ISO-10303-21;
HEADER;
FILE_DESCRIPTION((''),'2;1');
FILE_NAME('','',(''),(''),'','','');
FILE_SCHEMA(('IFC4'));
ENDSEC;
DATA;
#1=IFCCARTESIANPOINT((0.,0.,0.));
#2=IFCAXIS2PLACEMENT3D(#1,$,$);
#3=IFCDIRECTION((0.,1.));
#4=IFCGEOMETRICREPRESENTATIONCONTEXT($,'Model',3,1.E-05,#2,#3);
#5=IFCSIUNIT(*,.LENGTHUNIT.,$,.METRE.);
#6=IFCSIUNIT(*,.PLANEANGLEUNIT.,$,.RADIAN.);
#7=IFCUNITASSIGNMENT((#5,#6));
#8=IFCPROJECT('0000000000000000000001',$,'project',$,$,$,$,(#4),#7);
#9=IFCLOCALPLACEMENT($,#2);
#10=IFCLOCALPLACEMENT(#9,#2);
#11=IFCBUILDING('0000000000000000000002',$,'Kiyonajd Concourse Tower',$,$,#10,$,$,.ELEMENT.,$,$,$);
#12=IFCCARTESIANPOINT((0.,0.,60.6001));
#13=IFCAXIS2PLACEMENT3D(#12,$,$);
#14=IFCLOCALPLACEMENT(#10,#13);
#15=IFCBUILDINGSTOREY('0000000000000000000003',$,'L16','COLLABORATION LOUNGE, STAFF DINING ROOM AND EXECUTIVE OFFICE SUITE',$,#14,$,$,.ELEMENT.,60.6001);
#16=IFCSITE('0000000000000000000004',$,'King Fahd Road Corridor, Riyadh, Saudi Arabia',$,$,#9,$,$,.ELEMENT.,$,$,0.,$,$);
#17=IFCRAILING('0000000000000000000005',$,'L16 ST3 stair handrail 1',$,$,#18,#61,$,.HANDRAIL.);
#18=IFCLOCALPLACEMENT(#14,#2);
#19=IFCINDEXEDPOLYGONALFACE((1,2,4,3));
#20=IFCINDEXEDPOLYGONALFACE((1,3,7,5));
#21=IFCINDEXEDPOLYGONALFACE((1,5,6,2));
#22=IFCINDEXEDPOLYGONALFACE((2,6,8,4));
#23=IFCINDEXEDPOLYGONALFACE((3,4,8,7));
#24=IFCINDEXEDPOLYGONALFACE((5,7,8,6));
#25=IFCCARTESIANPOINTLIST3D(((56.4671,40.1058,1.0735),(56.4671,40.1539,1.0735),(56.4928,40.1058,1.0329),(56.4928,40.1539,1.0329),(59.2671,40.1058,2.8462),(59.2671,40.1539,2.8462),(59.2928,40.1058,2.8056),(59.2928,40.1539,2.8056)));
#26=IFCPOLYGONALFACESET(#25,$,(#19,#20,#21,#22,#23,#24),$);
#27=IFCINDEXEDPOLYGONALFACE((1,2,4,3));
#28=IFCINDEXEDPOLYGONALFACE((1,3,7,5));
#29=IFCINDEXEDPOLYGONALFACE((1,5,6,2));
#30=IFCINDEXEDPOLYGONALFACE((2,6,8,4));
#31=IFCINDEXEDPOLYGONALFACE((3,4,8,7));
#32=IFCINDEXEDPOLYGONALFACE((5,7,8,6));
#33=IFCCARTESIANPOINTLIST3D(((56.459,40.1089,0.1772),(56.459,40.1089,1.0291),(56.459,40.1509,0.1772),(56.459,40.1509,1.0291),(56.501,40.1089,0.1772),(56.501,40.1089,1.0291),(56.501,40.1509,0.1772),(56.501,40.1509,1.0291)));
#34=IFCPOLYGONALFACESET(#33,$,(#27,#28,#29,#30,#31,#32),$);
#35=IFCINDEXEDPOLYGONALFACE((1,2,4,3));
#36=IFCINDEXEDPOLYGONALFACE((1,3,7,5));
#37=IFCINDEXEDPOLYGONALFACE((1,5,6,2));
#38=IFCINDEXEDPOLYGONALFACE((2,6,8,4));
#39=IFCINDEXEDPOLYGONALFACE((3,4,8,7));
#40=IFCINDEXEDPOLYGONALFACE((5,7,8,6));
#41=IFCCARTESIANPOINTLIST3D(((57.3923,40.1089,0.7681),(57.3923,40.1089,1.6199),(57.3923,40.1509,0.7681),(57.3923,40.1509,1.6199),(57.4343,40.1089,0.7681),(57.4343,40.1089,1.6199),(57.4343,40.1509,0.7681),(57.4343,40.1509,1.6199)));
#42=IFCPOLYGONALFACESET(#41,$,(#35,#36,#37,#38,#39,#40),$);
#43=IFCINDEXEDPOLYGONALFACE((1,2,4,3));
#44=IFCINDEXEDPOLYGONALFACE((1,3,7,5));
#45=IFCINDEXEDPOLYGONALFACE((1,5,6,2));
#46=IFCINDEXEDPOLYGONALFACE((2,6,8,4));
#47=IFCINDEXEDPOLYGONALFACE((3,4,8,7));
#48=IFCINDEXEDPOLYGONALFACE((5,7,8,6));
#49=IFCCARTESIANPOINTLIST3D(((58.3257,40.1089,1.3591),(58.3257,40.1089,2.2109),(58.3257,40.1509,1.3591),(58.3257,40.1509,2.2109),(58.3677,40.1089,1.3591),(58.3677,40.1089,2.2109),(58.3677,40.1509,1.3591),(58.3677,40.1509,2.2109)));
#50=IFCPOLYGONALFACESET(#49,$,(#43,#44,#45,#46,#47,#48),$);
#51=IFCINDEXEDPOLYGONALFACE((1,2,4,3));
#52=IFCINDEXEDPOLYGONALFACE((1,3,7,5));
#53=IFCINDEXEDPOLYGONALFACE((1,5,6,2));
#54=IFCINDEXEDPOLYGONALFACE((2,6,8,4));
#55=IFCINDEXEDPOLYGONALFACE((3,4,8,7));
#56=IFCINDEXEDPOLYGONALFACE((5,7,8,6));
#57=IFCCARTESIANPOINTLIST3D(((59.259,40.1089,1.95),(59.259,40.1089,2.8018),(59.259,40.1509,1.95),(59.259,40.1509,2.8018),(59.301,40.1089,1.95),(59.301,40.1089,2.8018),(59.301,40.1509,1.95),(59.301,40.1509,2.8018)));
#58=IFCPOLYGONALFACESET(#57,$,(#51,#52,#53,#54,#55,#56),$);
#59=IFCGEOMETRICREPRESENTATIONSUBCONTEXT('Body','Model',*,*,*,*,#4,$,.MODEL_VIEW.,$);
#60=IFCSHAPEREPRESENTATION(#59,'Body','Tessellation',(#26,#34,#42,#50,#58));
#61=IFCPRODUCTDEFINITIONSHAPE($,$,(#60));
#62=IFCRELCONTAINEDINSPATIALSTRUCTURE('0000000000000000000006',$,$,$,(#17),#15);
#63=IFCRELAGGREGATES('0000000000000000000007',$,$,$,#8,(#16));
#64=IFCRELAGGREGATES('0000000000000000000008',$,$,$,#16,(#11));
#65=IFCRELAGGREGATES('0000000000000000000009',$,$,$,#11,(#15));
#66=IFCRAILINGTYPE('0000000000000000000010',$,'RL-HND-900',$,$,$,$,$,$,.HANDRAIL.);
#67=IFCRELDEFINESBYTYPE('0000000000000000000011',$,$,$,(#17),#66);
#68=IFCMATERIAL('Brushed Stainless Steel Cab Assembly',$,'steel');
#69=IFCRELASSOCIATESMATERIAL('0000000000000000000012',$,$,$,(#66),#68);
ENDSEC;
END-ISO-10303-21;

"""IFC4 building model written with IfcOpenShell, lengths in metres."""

from ifc_helpers import new_model, si_unit, direction, frame, origin, origin_2d, place, context, subcontext, project, spatial, rectangle, extrude, material, type_object, element, save


model = new_model("IFC4")

# Units and contexts
model_context = context("Model", 3, precision=1e-05, world=origin(), true_north=direction((0.0, 1.0)))
body_context = subcontext(model_context, "Body", "Model", "MODEL_VIEW")
ifc_project = project(units=[si_unit("LENGTHUNIT", "METRE"), si_unit("PLANEANGLEUNIT", "RADIAN")], contexts=[model_context])

# Site, building, storey
site_placement = place(None, origin())
site = spatial("IfcSite", under=ifc_project, at=site_placement, Name="King Fahd Road Corridor, Riyadh, Saudi Arabia", CompositionType="ELEMENT", RefElevation=0.0)
building_placement = place(site_placement, origin())
building = spatial("IfcBuilding", under=site, at=building_placement, Name="Kiyonajd Concourse Tower", CompositionType="ELEMENT")
storey_placement = place(building_placement, frame((0.0, 0.0, 60.6001)))
storey = spatial("IfcBuildingStorey", under=building, at=storey_placement, Name="L16", Description="COLLABORATION LOUNGE, STAFF DINING ROOM AND EXECUTIVE OFFICE SUITE", CompositionType="ELEMENT", Elevation=60.6001)

# Shared definitions
ifc_material_1 = material(Name="Brushed Stainless Steel Cab Assembly", Category="steel")

# Railing
railing_type_1 = type_object("IfcRailingType", Name="RL-HND-900", PredefinedType="HANDRAIL", material=ifc_material_1)
railing_1_placement = place(storey_placement, frame((56.48, 40.1299, 0.1772)))
element("IfcRailing", 1, at=railing_1_placement, inside=storey, type_object=railing_type_1, Name="L16 ST3 stair handrail 1", PredefinedType="HANDRAIL", context=body_context, shape_type="SweptSolid", body=[
    extrude(rectangle(XDim=0.0481, YDim=0.0481, at=origin_2d()), frame((0.0, 0.0, 0.876), z_axis=(0.844909, 0.0, 0.53491), x_axis=(0.0, 1.0, 0.0)), (0.0, 0.0, 1.0), 3.314),
    extrude(rectangle(XDim=0.042, YDim=0.042, at=origin_2d()), origin(), (0.0, 0.0, 1.0), 0.8518),
    extrude(rectangle(XDim=0.042, YDim=0.042, at=origin_2d()), frame((0.9333, 0.0, 0.5908)), (0.0, 0.0, 1.0), 0.8518),
    extrude(rectangle(XDim=0.042, YDim=0.042, at=origin_2d()), frame((1.8667, 0.0, 1.1819)), (0.0, 0.0, 1.0), 0.8518),
    extrude(rectangle(XDim=0.042, YDim=0.042, at=origin_2d()), frame((2.8, 0.0, 1.7727)), (0.0, 0.0, 1.0), 0.8518),
])

save(model, "model.ifc")
